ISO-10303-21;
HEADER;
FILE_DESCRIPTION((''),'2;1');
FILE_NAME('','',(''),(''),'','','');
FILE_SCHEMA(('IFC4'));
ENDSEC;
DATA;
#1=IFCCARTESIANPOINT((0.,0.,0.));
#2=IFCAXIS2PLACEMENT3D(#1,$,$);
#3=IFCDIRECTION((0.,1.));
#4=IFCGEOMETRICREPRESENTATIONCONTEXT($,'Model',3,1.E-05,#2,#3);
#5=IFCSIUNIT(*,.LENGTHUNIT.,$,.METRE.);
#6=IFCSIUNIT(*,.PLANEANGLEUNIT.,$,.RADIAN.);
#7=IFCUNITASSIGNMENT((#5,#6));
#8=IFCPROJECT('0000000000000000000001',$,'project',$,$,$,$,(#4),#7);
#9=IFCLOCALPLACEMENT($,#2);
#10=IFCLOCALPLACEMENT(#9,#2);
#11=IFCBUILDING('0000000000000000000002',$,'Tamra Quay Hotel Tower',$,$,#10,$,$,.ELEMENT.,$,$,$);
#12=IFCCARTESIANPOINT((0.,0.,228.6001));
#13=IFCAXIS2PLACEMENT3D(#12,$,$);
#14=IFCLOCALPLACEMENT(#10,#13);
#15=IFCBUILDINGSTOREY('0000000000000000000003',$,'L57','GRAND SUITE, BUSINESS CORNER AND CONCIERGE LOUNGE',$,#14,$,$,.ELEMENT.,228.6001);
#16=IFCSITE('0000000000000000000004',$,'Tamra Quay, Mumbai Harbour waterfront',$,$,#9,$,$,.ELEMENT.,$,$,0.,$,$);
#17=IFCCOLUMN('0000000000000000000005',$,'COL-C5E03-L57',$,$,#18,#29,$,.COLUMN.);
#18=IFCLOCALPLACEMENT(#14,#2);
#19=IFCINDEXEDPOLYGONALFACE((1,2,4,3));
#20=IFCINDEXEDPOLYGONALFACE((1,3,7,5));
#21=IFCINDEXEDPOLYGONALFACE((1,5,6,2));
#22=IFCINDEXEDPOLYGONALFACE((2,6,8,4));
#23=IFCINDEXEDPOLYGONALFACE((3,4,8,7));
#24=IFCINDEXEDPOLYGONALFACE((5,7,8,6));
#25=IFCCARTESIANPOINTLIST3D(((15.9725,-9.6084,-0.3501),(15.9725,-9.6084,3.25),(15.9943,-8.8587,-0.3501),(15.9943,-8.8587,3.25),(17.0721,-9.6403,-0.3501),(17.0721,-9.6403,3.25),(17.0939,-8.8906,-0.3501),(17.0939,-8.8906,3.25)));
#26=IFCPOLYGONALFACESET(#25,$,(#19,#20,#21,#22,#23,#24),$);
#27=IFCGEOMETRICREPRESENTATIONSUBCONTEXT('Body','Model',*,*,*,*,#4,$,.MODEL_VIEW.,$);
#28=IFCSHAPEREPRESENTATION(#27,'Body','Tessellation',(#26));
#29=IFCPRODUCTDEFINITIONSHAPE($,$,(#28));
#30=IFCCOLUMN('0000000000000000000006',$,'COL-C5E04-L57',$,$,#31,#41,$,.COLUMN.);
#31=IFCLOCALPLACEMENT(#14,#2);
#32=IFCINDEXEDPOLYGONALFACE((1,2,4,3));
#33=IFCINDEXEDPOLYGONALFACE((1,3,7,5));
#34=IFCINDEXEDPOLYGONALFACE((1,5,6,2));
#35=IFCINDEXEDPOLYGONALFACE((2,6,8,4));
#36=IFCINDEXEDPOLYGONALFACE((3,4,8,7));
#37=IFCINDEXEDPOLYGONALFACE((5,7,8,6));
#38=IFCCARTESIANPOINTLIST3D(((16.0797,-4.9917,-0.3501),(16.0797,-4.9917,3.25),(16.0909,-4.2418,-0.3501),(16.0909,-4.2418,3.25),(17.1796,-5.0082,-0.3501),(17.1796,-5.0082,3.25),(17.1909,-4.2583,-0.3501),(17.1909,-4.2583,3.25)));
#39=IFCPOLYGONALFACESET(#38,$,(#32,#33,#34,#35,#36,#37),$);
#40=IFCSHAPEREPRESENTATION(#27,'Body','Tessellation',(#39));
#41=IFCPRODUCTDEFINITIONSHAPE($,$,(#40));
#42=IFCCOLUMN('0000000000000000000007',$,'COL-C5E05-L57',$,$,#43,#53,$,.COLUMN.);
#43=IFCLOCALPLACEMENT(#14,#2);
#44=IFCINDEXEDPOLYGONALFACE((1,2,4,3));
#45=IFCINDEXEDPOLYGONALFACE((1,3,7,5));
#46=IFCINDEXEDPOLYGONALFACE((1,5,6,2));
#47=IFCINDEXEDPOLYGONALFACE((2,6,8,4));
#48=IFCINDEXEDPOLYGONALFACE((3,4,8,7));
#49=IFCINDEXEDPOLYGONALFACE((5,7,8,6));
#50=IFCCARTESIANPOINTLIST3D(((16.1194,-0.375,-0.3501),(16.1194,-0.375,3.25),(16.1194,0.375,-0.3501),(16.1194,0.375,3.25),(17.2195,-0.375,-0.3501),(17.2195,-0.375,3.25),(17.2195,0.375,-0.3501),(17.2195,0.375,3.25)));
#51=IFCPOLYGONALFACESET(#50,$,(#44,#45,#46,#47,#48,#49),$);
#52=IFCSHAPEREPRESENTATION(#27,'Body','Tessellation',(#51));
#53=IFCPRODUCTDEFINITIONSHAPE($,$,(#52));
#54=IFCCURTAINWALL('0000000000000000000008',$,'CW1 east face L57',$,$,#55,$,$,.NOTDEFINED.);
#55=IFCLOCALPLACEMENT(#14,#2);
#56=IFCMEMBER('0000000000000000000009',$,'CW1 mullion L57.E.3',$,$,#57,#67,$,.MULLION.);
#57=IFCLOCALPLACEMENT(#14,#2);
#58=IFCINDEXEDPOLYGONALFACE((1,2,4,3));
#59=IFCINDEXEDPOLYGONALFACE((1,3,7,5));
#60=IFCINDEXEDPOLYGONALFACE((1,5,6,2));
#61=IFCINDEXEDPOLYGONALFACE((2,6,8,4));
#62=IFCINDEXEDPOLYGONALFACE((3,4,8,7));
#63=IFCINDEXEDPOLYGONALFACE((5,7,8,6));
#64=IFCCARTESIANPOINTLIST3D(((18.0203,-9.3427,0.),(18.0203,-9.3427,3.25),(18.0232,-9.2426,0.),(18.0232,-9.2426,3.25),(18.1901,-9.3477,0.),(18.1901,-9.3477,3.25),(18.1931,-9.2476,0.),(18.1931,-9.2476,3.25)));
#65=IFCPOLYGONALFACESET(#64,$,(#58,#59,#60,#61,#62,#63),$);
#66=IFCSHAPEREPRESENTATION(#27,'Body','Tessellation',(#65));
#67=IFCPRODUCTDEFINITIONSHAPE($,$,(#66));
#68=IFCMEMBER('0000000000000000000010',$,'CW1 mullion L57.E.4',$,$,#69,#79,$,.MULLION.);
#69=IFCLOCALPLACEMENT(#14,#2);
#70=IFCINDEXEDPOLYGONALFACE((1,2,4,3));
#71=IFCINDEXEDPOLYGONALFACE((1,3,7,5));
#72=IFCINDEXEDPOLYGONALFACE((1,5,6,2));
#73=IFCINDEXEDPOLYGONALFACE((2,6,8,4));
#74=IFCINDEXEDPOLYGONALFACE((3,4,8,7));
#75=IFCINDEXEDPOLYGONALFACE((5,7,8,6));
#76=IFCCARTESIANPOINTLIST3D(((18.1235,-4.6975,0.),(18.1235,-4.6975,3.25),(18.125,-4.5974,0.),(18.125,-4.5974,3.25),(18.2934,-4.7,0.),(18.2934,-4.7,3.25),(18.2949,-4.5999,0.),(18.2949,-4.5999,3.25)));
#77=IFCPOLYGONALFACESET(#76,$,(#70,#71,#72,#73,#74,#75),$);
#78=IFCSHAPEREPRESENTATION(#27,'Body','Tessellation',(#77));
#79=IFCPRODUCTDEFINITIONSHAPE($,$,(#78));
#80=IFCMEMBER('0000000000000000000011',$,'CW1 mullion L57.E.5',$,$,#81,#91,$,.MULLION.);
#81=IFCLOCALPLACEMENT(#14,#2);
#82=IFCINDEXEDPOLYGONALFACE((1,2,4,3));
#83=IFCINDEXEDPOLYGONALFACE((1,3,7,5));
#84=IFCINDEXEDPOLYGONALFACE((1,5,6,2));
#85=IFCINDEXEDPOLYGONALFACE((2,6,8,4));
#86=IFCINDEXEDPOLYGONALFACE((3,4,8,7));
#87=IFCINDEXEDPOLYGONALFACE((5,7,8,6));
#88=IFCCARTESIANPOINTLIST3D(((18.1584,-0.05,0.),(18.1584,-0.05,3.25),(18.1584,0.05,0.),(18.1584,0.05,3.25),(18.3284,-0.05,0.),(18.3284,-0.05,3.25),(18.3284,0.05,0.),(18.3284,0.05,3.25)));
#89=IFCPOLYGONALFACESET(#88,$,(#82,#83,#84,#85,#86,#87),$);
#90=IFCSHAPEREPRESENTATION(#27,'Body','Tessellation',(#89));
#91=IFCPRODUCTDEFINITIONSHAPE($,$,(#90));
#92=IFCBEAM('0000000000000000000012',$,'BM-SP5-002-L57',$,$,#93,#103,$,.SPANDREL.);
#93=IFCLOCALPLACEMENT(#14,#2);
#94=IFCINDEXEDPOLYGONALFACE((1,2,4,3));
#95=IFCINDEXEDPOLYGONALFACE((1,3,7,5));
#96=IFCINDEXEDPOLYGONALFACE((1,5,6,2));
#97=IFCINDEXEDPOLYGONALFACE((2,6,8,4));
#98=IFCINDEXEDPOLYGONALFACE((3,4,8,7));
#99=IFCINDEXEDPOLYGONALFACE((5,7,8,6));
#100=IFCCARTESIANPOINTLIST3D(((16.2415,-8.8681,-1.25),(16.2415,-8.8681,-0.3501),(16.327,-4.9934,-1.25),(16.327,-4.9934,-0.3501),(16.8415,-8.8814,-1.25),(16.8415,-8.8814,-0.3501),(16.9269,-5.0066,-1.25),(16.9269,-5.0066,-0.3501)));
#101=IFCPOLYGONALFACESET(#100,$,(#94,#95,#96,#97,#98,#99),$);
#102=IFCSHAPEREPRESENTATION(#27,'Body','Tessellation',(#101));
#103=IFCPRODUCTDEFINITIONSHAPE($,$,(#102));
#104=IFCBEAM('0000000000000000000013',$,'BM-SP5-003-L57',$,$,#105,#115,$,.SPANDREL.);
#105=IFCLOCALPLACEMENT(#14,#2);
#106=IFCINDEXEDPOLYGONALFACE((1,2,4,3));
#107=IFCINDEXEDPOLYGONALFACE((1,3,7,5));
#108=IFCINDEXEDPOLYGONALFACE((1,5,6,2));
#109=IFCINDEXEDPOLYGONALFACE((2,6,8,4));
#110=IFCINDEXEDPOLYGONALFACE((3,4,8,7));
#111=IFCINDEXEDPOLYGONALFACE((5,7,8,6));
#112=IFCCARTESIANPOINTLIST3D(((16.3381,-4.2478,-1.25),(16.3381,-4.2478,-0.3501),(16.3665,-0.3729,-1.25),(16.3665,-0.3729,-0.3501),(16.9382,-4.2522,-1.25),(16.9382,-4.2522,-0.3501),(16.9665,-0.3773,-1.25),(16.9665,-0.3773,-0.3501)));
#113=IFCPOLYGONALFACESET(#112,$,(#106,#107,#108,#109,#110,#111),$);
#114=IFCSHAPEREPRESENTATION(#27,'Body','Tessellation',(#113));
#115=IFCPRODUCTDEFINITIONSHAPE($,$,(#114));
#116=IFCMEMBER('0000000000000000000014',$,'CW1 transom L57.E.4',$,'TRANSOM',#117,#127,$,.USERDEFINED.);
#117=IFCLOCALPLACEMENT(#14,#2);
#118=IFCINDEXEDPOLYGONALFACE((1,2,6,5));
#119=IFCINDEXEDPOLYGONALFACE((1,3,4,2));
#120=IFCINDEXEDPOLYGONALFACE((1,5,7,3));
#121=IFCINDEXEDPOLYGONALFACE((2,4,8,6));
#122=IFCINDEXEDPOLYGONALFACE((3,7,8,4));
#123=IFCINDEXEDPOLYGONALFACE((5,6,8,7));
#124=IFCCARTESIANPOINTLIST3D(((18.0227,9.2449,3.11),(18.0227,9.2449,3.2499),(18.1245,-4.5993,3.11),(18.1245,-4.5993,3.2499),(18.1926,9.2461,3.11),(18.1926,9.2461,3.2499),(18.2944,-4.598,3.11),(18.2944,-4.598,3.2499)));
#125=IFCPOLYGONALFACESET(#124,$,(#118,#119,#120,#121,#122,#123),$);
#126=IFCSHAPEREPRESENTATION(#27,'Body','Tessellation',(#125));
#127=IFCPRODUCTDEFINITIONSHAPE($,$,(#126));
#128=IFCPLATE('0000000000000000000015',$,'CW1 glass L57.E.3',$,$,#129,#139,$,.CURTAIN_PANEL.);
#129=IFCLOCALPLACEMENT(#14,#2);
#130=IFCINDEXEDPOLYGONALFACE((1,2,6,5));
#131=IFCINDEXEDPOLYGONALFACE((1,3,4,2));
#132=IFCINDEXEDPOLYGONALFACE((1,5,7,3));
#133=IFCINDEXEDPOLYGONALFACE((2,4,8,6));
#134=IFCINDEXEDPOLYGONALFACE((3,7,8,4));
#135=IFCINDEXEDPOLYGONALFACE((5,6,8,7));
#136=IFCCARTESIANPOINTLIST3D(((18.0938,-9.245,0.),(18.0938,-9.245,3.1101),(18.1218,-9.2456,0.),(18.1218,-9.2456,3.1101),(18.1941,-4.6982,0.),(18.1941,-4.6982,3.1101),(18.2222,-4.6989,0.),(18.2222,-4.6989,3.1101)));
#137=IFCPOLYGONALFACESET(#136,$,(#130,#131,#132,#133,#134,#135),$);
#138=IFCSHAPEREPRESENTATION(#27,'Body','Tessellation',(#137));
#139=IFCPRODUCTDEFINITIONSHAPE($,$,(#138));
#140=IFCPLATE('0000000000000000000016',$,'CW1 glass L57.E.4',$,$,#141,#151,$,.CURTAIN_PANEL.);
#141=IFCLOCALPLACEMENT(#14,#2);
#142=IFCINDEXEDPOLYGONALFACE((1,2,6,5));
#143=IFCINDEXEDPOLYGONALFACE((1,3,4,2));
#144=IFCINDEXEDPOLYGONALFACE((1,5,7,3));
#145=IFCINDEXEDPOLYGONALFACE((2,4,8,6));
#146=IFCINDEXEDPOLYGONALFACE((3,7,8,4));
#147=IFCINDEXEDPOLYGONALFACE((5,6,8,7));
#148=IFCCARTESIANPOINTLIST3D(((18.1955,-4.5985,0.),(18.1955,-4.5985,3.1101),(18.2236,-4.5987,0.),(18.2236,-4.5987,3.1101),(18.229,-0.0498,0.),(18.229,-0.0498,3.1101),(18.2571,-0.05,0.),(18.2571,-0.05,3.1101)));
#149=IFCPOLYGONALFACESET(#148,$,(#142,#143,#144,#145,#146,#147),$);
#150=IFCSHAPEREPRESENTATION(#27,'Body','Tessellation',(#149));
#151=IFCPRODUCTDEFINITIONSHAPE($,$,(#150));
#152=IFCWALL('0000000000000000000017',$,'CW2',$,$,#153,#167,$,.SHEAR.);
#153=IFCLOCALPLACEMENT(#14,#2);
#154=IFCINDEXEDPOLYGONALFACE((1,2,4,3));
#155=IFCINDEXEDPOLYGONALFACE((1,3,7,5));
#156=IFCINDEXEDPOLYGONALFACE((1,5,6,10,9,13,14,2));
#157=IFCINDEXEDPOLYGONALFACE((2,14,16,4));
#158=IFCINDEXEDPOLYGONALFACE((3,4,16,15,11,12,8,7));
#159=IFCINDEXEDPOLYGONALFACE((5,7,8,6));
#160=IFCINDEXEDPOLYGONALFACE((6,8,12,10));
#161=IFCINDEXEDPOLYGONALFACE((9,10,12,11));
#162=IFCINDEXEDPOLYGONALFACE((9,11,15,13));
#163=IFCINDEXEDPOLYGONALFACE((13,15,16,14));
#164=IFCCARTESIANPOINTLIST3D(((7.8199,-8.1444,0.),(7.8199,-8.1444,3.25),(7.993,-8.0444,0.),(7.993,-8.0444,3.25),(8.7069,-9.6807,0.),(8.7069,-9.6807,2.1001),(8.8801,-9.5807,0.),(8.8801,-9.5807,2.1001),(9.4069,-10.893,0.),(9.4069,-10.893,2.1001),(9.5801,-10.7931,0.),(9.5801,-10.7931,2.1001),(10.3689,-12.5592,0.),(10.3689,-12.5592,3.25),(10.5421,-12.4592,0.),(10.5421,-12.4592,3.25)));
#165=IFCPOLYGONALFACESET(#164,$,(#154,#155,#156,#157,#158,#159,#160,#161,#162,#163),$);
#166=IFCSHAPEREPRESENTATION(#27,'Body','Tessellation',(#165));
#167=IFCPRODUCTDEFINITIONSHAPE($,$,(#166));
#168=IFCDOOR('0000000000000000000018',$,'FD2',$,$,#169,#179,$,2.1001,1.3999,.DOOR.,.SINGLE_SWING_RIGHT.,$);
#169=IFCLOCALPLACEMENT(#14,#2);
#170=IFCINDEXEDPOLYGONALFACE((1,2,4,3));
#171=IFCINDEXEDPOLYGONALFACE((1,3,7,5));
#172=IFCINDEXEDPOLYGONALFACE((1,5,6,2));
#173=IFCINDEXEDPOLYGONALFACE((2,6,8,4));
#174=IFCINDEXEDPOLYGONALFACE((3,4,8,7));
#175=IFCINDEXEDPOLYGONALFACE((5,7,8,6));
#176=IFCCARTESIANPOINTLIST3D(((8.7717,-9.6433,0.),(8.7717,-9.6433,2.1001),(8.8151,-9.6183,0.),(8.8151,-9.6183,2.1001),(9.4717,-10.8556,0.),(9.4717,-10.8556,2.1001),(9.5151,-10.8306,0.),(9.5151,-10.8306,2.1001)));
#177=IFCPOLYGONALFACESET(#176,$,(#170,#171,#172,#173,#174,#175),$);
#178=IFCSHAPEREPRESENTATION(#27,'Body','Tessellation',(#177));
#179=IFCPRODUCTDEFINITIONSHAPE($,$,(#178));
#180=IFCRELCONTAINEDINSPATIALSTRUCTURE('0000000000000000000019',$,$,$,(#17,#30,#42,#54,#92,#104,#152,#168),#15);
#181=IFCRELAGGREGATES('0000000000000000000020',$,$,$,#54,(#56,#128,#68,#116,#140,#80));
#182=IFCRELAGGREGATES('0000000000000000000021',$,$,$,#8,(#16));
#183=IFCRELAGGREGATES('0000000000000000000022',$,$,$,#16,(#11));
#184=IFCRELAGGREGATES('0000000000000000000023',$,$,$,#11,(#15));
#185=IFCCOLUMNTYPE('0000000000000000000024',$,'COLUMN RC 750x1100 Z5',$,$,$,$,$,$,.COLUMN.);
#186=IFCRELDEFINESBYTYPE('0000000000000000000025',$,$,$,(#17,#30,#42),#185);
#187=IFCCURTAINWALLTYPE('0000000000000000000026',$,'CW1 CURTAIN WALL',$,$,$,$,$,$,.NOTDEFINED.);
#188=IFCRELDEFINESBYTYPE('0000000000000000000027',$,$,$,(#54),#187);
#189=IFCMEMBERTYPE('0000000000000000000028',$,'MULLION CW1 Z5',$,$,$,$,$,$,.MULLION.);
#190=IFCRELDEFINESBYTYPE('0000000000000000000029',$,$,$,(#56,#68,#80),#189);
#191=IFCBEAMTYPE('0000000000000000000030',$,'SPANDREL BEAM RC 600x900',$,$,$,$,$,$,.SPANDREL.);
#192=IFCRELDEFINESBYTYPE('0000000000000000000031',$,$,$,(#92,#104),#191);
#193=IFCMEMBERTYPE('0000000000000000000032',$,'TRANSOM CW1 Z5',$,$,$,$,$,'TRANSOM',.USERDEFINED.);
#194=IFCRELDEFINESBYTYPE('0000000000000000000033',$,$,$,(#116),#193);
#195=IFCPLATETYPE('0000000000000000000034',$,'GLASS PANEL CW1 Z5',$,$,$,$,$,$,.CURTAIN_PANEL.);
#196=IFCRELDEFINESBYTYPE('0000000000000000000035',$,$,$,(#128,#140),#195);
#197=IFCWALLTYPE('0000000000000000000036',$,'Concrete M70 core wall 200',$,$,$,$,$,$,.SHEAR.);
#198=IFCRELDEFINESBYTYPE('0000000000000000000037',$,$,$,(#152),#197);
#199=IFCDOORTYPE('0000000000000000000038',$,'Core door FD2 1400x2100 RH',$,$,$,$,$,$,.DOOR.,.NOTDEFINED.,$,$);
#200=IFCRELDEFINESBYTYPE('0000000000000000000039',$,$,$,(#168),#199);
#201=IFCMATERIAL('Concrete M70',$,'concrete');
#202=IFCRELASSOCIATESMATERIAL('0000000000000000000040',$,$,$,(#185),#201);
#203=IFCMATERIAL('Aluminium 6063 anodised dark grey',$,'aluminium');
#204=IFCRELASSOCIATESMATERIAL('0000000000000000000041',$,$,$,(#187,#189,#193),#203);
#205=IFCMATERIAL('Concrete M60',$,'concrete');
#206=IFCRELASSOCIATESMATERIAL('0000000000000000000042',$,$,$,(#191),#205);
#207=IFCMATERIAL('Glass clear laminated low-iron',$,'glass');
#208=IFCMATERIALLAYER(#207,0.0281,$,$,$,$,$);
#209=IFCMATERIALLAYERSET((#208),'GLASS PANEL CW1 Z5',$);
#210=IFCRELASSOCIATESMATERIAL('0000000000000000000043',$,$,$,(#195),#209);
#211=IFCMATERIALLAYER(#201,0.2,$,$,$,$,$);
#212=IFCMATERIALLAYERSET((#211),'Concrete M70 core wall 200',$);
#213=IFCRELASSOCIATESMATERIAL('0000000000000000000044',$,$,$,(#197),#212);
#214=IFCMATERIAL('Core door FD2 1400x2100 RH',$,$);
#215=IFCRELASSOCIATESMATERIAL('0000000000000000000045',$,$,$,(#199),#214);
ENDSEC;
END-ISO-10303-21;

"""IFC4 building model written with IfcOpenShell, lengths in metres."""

from ifc_helpers import new_model, si_unit, direction, frame, frame_2d, origin, origin_2d, place, context, subcontext, project, spatial, rectangle, extrude, material, layer, layer_set, material_profile, profile_set, type_object, element, fill, aggregate, save


model = new_model("IFC4")

# Units and contexts
model_context = context("Model", 3, precision=1e-05, world=origin(), true_north=direction((0.0, 1.0)))
body_context = subcontext(model_context, "Body", "Model", "MODEL_VIEW")
ifc_project = project(units=[si_unit("LENGTHUNIT", "METRE"), si_unit("PLANEANGLEUNIT", "RADIAN")], contexts=[model_context])

# Site, building, storey
site_placement = place(None, origin())
site = spatial("IfcSite", under=ifc_project, at=site_placement, Name="Tamra Quay, Mumbai Harbour waterfront", CompositionType="ELEMENT", RefElevation=0.0)
building_placement = place(site_placement, origin())
building = spatial("IfcBuilding", under=site, at=building_placement, Name="Tamra Quay Hotel Tower", CompositionType="ELEMENT")
storey_placement = place(building_placement, frame((0.0, 0.0, 228.6001)))
storey = spatial("IfcBuildingStorey", under=building, at=storey_placement, Name="L57", Description="GRAND SUITE, BUSINESS CORNER AND CONCIERGE LOUNGE", CompositionType="ELEMENT", Elevation=228.6001)

# Columns
ifc_material_1 = material(Name="Concrete M70", Category="concrete")
ifc_material_profile_1 = material_profile(ifc_material_1, rectangle(XDim=1.1001, YDim=0.75, at=origin_2d()), Name="COLUMN RC 750x1100 Z5")
ifc_profile_set_1 = profile_set([ifc_material_profile_1], Name="Concrete M70")
column_type = type_object("IfcColumnType", Name="COLUMN RC 750x1100 Z5", PredefinedType="COLUMN", material=ifc_profile_set_1)
for number, where, z_axis, x_axis, name in (
    (1, (16.5332, -9.2495, -0.3501), (0.0, 0.0, 1.0), (-0.999579, 0.029028, 0.0), "COL-C5E03-L57"),
    (2, (16.6353, -4.625, -0.3501), (0.0, 0.0, 1.0), (-0.999888, 0.014959, 0.0), "COL-C5E04-L57"),
    (3, (16.6694, 0.0, -0.3501), (0.0, 0.0, 1.0), (1.0, 0.0, 0.0), "COL-C5E05-L57"),
):
    element("IfcColumn", number, at=place(storey_placement, frame(where, z_axis=z_axis, x_axis=x_axis)), inside=storey, type_object=column_type, Name=name, PredefinedType="COLUMN", context=body_context, shape_type="SweptSolid", body=[
        extrude(rectangle(XDim=1.1001, YDim=0.75, at=origin_2d()), origin(), (0.0, 0.0, 1.0), 3.6001),
    ])

# Curtain wall, members
ifc_material_2 = material(Name="Aluminium 6063 anodised dark grey", Category="aluminium")
curtain_wall_type = type_object("IfcCurtainWallType", Name="CW1 CURTAIN WALL", PredefinedType="NOTDEFINED", material=ifc_material_2)
curtain_wall_placement = place(storey_placement, origin())
curtain_wall = element("IfcCurtainWall", 4, at=curtain_wall_placement, inside=storey, type_object=curtain_wall_type, Name="CW1 east face L57", PredefinedType="NOTDEFINED")
ifc_material_profile_2 = material_profile(ifc_material_2, rectangle(XDim=0.1699, YDim=0.1001, at=origin_2d()), Name="MULLION 100X170")
ifc_profile_set_2 = profile_set([ifc_material_profile_2], Name="Aluminium 6063 anodised dark grey")
member_type_1 = type_object("IfcMemberType", Name="MULLION CW1 Z5", PredefinedType="MULLION", material=ifc_profile_set_2)
member_1_placement = place(storey_placement, frame((18.1067, -9.2952, 0.0), z_axis=(0.0, 0.0, 1.0), x_axis=(0.999568, -0.029405, 0.0)))
member_1 = element("IfcMember", 5, at=member_1_placement, type_object=member_type_1, Name="CW1 mullion L57.E.3", PredefinedType="MULLION", context=body_context, shape_type="SweptSolid", body=[
    extrude(rectangle(XDim=0.1699, YDim=0.1001, at=origin_2d()), origin(), (0.0, 0.0, 1.0), 3.25),
])
member_2_placement = place(storey_placement, frame((18.2092, -4.6487, 0.0), z_axis=(0.0, 0.0, 1.0), x_axis=(0.999892, -0.014713, 0.0)))
member_2 = element("IfcMember", 6, at=member_2_placement, type_object=member_type_1, Name="CW1 mullion L57.E.4", PredefinedType="MULLION", context=body_context, shape_type="SweptSolid", body=[
    extrude(rectangle(XDim=0.1699, YDim=0.1001, at=origin_2d()), origin(), (0.0, 0.0, 1.0), 3.25),
])
member_3_placement = place(storey_placement, frame((18.2434, 0.0, 0.0), z_axis=(0.0, 0.0, 1.0), x_axis=(1.0, 0.0, 0.0)))
member_3 = element("IfcMember", 7, at=member_3_placement, type_object=member_type_1, Name="CW1 mullion L57.E.5", PredefinedType="MULLION", context=body_context, shape_type="SweptSolid", body=[
    extrude(rectangle(XDim=0.1699, YDim=0.1001, at=origin_2d()), origin(), (0.0, 0.0, 1.0), 3.25),
])

# Beams
ifc_material_3 = material(Name="Concrete M60", Category="concrete")
ifc_material_profile_3 = material_profile(ifc_material_3, rectangle(XDim=0.6001, YDim=0.8999, at=origin_2d()), Name="SPANDREL BEAM RC 600x900")
ifc_profile_set_3 = profile_set([ifc_material_profile_3], Name="Concrete M60")
beam_type = type_object("IfcBeamType", Name="SPANDREL BEAM RC 600x900", PredefinedType="SPANDREL", material=ifc_profile_set_3)
beam_1_placement = place(storey_placement, frame((16.5415, -8.8748, -0.8), z_axis=(0.022047, 0.999757, 0.0), x_axis=(-0.999757, 0.022047, 0.0)))
element("IfcBeam", 8, at=beam_1_placement, inside=storey, type_object=beam_type, Name="BM-SP5-002-L57", PredefinedType="SPANDREL", context=body_context, shape_type="SweptSolid", body=[
    extrude(rectangle(XDim=0.6001, YDim=0.8999, at=origin_2d()), origin(), (0.0, 0.0, 1.0), 3.8757),
])
beam_2_placement = place(storey_placement, frame((16.6382, -4.25, -0.8), z_axis=(0.007308, 0.999973, 0.0), x_axis=(-0.999973, 0.007308, 0.0)))
element("IfcBeam", 9, at=beam_2_placement, inside=storey, type_object=beam_type, Name="BM-SP5-003-L57", PredefinedType="SPANDREL", context=body_context, shape_type="SweptSolid", body=[
    extrude(rectangle(XDim=0.6001, YDim=0.8999, at=origin_2d()), origin(), (0.0, 0.0, 1.0), 3.875),
])

# Member
ifc_material_profile_4 = material_profile(ifc_material_2, rectangle(XDim=0.1699, YDim=0.1399, at=origin_2d()), Name="TRANSOM 170X140")
ifc_profile_set_4 = profile_set([ifc_material_profile_4], Name="Aluminium 6063 anodised dark grey")
member_type_2 = type_object("IfcMemberType", Name="TRANSOM CW1 Z5", ElementType="TRANSOM", PredefinedType="USERDEFINED", material=ifc_profile_set_4)
member_4_placement = place(storey_placement, frame((18.2095, -4.5986, 3.1799), z_axis=(-0.007354, 0.999973, 0.0), x_axis=(-0.999973, -0.007354, 0.0)))
member_4 = element("IfcMember", 10, at=member_4_placement, type_object=member_type_2, Name="CW1 transom L57.E.4", ObjectType="TRANSOM", PredefinedType="USERDEFINED", context=body_context, shape_type="SweptSolid", body=[
    extrude(rectangle(XDim=0.1699, YDim=0.1399, at=origin_2d()), origin(), (0.0, 0.0, 1.0), 13.8445),
])

# Plates
ifc_material_4 = material(Name="Glass clear laminated low-iron", Category="glass")
ifc_layer_1 = layer(ifc_material_4, 0.0281)
ifc_layer_set_1 = layer_set([ifc_layer_1], Name="GLASS PANEL CW1 Z5")
plate_type = type_object("IfcPlateType", Name="GLASS PANEL CW1 Z5", PredefinedType="CURTAIN_PANEL", material=ifc_layer_set_1)
plate_1_placement = place(storey_placement, frame((18.158, -6.9719, 0.0), z_axis=(0.0, 0.0, 1.0), x_axis=(0.022063, 0.999757, 0.0)))
plate_1 = element("IfcPlate", 11, at=plate_1_placement, type_object=plate_type, Name="CW1 glass L57.E.3", PredefinedType="CURTAIN_PANEL", context=body_context, shape_type="SweptSolid", body=[
    extrude(rectangle(XDim=4.5479, YDim=0.0281, at=origin_2d()), origin(), (0.0, 0.0, 1.0), 3.1101),
])
plate_2_placement = place(storey_placement, frame((18.2263, -2.3242, 0.0), z_axis=(0.0, 0.0, 1.0), x_axis=(0.007362, 0.999973, 0.0)))
plate_2 = element("IfcPlate", 12, at=plate_2_placement, type_object=plate_type, Name="CW1 glass L57.E.4", PredefinedType="CURTAIN_PANEL", context=body_context, shape_type="SweptSolid", body=[
    extrude(rectangle(XDim=4.5488, YDim=0.0281, at=origin_2d()), origin(), (0.0, 0.0, 1.0), 3.1101),
])
aggregate(curtain_wall, [member_1, plate_1, member_2, member_4, plate_2, member_3])

# Wall, opening, door
ifc_layer_2 = layer(ifc_material_1, 0.2)
ifc_layer_set_2 = layer_set([ifc_layer_2], Name="Concrete M70 core wall 200")
wall_type_1 = type_object("IfcWallType", Name="Concrete M70 core wall 200", PredefinedType="SHEAR", material=ifc_layer_set_2)
wall_1_placement = place(storey_placement, frame((7.9065, -8.0945, 0.0), z_axis=(0.0, 0.0, 1.0), x_axis=(0.500028, -0.866009, 0.0)))
wall_1 = element("IfcWall", 13, at=wall_1_placement, inside=storey, type_object=wall_type_1, Name="CW2", PredefinedType="SHEAR", context=body_context, shape_type="SweptSolid", body=[
    extrude(rectangle(XDim=5.0979, YDim=0.2, at=frame_2d((2.5488, 0.0))), origin(), (0.0, 0.0, 1.0), 3.25),
])
opening_1_placement = place(wall_1_placement, frame((1.7739, 0.0, 0.0)))
opening_1 = element("IfcOpeningElement", 14, at=opening_1_placement, cuts=wall_1, PredefinedType="OPENING", context=body_context, shape_type="SweptSolid", body=[
    extrude(rectangle(XDim=1.3999, YDim=2.1001, at=frame_2d((0.7, 1.05))), frame((0.0, 0.1099, 0.0), z_axis=(0.0, -1.0, 0.0), x_axis=(1.0, 0.0, 0.0)), (0.0, 0.0, 1.0), 0.22),
])
ifc_material_5 = material(Name="Core door FD2 1400x2100 RH")
door_type_1 = type_object("IfcDoorType", Name="Core door FD2 1400x2100 RH", OperationType="NOTDEFINED", PredefinedType="DOOR", material=ifc_material_5)
door_1_placement = place(opening_1_placement, origin())
door_1 = element("IfcDoor", 15, at=door_1_placement, inside=storey, type_object=door_type_1, Name="FD2", OperationType="SINGLE_SWING_RIGHT", OverallHeight=2.1001, OverallWidth=1.3999, PredefinedType="DOOR", context=body_context, shape_type="SweptSolid", body=[
    extrude(rectangle(XDim=1.3999, YDim=2.1001, at=frame_2d((0.7, 1.05))), frame((0.0, 0.0249, 0.0), z_axis=(0.0, -1.0, 0.0), x_axis=(1.0, 0.0, 0.0)), (0.0, 0.0, 1.0), 0.05),
])
fill(opening_1, door_1)

save(model, "model.ifc")
